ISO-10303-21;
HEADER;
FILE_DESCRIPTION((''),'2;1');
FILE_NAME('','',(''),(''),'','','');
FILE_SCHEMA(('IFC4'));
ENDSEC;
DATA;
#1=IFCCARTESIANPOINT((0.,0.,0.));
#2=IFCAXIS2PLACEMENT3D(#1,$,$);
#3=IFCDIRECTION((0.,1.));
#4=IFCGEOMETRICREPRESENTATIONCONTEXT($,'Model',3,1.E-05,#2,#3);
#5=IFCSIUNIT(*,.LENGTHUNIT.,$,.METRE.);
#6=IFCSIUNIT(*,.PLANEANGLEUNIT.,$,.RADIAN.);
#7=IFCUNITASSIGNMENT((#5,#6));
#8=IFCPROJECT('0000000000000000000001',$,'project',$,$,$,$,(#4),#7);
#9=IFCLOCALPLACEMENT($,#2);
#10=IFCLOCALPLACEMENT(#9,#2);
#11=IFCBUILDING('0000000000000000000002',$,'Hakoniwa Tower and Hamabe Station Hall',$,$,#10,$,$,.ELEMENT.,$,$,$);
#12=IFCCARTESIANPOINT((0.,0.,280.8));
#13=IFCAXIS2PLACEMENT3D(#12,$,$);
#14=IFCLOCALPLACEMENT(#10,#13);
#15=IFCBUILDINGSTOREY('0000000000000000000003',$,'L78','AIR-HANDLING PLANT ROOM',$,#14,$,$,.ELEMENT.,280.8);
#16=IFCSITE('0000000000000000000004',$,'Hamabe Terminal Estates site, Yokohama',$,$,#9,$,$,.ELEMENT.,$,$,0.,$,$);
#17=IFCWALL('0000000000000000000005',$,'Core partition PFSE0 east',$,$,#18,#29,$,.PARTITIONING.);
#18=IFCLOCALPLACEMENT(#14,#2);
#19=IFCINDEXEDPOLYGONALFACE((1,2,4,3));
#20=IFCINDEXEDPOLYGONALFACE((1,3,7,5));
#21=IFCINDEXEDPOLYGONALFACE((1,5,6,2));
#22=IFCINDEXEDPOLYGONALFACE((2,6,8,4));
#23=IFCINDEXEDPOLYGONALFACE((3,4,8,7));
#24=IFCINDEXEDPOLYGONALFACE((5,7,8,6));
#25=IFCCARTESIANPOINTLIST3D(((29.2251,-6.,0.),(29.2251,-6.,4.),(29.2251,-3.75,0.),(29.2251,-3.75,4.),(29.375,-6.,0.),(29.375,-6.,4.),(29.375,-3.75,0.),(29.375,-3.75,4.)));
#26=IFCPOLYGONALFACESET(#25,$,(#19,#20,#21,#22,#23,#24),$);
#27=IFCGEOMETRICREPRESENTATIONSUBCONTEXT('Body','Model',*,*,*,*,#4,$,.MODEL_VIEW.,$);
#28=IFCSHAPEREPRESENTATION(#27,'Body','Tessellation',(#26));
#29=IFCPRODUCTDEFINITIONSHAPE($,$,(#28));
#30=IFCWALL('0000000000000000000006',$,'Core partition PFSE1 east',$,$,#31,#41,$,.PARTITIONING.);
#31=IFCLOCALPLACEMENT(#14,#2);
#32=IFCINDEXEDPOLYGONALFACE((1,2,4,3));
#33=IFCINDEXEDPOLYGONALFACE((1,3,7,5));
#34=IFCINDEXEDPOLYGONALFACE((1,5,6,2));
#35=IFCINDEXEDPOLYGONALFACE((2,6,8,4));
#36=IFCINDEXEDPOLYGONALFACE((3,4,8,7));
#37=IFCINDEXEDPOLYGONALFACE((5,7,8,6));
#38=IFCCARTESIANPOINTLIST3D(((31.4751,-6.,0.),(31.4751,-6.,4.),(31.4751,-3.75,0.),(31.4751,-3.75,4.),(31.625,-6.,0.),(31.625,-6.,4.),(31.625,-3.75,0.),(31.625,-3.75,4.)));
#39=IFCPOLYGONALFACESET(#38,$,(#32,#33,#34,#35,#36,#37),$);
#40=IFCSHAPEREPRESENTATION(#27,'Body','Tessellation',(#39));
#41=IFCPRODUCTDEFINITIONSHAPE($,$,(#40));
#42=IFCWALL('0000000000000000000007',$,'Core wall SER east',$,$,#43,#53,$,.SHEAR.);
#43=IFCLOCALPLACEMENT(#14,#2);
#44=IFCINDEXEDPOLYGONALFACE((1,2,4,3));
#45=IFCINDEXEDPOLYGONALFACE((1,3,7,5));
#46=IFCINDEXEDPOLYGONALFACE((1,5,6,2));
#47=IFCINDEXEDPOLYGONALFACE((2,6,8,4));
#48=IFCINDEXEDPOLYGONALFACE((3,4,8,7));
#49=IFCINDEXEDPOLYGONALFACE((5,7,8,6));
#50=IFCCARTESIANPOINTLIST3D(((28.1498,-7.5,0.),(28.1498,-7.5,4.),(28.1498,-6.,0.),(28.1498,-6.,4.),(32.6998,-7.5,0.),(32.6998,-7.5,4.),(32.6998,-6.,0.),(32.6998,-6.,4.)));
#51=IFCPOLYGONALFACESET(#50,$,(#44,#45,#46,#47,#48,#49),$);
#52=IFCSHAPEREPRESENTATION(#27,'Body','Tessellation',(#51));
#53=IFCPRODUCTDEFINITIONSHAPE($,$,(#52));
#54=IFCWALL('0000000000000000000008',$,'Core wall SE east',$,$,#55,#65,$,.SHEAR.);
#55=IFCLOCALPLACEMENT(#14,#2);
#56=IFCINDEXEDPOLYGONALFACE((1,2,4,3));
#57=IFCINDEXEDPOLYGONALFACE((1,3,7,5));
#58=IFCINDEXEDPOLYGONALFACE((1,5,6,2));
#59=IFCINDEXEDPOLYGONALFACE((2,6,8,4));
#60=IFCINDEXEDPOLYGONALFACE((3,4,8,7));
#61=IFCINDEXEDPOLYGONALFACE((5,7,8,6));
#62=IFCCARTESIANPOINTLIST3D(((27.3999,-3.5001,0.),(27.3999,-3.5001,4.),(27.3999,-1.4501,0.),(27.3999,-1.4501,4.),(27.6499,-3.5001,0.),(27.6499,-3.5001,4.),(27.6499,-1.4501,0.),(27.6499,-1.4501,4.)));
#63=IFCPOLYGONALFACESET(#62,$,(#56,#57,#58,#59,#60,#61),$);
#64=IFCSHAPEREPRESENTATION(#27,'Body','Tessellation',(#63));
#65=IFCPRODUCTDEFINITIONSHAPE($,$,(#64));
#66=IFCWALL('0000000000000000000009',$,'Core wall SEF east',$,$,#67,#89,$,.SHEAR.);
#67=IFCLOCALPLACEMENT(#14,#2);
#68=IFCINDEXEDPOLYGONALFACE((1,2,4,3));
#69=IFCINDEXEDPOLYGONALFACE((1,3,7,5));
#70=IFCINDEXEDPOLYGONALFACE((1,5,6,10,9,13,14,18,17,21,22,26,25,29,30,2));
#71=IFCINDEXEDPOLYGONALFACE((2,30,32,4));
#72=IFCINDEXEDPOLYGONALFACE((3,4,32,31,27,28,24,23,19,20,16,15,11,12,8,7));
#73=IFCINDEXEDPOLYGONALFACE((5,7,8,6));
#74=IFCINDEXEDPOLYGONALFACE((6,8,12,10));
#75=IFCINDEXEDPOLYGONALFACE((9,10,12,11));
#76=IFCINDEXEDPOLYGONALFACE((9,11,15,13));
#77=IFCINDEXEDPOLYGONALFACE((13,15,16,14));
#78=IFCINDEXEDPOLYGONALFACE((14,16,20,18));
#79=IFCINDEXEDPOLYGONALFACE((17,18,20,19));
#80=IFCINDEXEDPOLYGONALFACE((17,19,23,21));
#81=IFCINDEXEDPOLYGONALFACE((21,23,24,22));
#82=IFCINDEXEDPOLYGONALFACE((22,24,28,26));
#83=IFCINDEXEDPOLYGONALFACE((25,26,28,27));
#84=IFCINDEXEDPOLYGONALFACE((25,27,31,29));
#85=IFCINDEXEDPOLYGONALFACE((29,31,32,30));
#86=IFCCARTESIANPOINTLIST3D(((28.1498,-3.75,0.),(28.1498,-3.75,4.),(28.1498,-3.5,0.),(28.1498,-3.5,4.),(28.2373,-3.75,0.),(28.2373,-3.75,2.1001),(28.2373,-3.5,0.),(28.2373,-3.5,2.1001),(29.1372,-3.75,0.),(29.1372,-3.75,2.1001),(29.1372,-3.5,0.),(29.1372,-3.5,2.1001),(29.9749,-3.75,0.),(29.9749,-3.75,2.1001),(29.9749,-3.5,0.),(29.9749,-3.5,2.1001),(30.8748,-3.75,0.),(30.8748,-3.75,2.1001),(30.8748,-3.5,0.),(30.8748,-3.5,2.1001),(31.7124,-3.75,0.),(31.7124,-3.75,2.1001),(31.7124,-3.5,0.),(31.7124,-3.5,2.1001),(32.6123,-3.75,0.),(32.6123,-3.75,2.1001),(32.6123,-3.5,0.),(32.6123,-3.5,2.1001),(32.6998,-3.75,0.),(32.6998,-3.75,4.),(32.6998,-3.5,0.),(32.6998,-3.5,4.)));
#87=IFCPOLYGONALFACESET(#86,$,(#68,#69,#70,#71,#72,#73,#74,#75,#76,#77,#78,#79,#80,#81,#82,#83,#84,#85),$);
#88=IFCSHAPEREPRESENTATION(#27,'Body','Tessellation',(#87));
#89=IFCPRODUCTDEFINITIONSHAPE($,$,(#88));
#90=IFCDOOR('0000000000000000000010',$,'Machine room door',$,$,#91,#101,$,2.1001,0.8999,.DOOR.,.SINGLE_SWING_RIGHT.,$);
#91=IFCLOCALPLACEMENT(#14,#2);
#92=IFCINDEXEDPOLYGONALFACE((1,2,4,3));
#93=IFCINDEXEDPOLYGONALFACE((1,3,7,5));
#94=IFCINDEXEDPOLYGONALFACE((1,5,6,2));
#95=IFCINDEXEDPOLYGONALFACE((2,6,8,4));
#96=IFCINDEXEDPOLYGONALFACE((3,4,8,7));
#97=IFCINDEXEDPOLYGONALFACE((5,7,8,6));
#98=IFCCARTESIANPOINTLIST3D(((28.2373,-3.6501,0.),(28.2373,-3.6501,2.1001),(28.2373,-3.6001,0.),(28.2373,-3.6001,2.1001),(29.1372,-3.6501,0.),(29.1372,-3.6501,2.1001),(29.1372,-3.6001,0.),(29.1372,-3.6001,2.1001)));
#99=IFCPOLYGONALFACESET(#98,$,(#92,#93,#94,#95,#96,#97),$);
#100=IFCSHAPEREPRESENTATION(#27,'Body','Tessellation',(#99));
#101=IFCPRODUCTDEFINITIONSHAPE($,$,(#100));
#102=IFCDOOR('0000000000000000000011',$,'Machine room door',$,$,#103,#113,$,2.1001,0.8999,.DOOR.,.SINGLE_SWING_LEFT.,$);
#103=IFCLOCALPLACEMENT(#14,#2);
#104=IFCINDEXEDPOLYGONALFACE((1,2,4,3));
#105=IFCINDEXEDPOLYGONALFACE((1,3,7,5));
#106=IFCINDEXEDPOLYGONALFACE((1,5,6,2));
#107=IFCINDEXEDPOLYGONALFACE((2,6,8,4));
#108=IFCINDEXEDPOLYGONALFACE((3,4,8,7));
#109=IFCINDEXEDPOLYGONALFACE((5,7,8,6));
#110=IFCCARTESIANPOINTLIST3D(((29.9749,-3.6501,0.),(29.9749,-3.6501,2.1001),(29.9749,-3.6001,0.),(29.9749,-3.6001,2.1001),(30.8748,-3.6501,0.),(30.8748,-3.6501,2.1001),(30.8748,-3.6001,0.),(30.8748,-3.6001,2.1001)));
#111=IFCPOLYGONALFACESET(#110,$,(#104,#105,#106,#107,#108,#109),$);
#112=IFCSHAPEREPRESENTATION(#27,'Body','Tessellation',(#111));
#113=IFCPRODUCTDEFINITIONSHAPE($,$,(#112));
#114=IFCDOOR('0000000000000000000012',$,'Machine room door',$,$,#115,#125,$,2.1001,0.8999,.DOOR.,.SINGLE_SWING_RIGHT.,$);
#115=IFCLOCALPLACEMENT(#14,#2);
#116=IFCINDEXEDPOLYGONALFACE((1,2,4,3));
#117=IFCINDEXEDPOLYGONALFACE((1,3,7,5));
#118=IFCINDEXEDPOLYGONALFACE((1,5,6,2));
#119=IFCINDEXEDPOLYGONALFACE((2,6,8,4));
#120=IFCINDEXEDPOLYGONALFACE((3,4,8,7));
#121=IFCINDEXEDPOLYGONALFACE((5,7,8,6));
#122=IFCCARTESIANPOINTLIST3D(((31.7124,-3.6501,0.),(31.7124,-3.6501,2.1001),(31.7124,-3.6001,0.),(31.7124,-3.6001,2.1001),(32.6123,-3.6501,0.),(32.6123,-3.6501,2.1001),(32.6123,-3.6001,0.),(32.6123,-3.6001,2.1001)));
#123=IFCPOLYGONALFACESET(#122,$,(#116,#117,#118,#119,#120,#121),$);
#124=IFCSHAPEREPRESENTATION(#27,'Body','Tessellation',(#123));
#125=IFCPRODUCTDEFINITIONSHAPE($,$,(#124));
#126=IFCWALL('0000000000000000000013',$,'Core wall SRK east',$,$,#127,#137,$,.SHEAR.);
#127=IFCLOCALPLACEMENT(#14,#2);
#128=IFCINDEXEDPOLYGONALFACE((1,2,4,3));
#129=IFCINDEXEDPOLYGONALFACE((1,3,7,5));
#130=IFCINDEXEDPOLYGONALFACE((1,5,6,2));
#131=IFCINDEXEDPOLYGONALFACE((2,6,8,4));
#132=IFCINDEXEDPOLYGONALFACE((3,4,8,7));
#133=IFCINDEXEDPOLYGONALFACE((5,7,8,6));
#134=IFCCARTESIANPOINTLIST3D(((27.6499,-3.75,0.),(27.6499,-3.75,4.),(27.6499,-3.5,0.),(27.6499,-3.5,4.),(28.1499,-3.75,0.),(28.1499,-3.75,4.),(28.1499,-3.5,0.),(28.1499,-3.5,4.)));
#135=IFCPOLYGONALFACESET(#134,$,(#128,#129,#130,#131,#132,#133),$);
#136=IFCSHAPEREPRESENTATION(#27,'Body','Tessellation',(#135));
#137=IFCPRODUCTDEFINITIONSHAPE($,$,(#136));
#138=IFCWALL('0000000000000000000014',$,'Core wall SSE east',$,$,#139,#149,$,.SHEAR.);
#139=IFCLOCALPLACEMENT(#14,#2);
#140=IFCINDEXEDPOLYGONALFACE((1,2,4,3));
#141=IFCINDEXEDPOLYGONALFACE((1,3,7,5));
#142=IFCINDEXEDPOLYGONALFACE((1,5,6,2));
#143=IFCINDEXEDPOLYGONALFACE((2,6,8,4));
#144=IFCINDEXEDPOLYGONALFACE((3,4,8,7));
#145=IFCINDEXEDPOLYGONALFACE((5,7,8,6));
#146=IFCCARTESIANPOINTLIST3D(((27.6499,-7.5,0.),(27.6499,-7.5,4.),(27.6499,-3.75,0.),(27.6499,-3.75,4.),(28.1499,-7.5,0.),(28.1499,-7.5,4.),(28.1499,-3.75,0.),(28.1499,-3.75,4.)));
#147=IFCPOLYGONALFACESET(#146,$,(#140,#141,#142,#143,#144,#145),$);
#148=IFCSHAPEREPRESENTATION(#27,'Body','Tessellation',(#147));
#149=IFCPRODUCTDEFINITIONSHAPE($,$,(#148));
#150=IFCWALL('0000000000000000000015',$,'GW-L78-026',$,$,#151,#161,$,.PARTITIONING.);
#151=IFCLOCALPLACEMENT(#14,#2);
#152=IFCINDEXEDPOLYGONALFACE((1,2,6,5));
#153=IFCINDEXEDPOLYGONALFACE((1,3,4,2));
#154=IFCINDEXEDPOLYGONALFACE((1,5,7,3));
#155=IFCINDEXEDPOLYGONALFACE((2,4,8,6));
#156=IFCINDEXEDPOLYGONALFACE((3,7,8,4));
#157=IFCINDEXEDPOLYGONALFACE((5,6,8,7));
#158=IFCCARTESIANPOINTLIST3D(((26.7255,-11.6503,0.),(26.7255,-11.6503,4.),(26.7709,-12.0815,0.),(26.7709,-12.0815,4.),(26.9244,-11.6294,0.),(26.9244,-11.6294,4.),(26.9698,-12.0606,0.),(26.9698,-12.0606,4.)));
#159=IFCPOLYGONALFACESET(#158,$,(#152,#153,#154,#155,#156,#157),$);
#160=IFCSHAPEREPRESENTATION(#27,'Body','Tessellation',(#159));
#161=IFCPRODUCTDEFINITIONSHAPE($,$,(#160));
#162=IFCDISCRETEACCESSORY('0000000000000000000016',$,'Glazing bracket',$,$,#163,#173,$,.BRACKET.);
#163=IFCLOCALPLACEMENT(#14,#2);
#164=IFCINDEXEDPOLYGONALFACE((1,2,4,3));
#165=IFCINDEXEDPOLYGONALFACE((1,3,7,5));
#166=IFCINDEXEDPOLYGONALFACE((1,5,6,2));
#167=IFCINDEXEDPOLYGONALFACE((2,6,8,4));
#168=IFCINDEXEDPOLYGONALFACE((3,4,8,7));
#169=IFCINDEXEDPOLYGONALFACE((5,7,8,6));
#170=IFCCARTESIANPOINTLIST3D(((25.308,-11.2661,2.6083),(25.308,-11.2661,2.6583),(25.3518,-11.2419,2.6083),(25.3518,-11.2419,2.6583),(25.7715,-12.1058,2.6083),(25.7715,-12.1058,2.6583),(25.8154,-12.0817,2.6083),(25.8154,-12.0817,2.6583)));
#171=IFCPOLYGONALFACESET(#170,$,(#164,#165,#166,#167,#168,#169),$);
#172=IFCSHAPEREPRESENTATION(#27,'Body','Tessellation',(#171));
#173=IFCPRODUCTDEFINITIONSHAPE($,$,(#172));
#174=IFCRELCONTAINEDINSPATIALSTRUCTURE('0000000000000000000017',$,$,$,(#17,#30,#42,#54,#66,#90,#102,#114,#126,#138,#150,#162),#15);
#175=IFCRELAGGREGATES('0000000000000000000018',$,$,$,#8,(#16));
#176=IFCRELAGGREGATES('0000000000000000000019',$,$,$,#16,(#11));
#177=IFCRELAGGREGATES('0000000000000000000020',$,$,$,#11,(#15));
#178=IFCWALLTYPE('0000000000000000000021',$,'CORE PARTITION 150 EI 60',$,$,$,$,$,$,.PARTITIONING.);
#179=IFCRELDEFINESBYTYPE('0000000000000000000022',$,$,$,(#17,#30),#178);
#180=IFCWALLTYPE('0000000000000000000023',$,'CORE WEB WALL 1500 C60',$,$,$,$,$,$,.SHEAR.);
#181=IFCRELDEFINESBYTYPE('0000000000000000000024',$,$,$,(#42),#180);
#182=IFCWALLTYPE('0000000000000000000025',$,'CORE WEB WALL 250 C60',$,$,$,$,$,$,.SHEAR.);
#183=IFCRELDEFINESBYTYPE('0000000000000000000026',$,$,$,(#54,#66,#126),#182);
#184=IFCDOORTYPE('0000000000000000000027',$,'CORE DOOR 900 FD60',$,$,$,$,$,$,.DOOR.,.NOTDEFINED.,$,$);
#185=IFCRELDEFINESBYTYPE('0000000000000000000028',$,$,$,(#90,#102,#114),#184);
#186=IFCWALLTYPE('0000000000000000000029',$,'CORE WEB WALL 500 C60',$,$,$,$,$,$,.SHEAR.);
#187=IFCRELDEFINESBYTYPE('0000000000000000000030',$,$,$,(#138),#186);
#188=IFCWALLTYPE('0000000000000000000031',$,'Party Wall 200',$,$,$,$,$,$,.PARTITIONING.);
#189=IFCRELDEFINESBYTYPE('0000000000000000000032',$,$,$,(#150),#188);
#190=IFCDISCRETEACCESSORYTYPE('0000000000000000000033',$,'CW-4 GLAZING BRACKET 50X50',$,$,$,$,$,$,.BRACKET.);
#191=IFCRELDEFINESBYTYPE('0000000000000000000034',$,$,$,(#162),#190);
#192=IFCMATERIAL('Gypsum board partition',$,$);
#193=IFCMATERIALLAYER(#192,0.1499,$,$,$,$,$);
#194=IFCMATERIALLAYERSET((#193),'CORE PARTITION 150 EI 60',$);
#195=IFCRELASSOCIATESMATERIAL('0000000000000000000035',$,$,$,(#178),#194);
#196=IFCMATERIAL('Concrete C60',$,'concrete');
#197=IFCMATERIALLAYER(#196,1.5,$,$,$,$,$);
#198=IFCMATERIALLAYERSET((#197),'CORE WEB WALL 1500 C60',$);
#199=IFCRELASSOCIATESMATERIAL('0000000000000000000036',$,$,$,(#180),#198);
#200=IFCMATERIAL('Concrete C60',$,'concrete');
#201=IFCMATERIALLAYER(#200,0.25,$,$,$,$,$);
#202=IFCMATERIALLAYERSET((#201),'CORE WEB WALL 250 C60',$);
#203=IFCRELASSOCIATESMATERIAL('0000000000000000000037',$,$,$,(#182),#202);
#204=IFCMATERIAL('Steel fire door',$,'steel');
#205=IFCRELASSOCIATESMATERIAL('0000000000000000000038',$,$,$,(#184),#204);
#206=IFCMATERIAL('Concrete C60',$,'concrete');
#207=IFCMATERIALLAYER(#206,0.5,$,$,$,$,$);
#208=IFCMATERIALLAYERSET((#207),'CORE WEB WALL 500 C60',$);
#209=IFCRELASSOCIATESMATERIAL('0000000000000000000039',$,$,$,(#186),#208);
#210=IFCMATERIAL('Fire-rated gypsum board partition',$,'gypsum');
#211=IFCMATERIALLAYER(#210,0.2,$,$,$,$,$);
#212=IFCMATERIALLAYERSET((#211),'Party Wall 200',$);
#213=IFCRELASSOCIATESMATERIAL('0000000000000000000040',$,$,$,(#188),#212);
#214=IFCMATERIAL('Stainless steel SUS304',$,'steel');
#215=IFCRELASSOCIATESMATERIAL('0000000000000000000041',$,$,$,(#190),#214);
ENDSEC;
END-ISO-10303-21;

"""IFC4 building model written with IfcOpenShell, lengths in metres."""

from ifc_helpers import new_model, si_unit, direction, frame, frame_2d, origin, origin_2d, place, context, subcontext, project, spatial, rectangle, extrude, material, layer, layer_set, material_profile, profile_set, type_object, element, fill, save


model = new_model("IFC4")

# Units and contexts
model_context = context("Model", 3, precision=1e-05, world=origin(), true_north=direction((0.0, 1.0)))
body_context = subcontext(model_context, "Body", "Model", "MODEL_VIEW")
ifc_project = project(units=[si_unit("LENGTHUNIT", "METRE"), si_unit("PLANEANGLEUNIT", "RADIAN")], contexts=[model_context])

# Site, building, storey
site_placement = place(None, origin())
site = spatial("IfcSite", under=ifc_project, at=site_placement, Name="Hamabe Terminal Estates site, Yokohama", CompositionType="ELEMENT", RefElevation=0.0)
building_placement = place(site_placement, origin())
building = spatial("IfcBuilding", under=site, at=building_placement, Name="Hakoniwa Tower and Hamabe Station Hall", CompositionType="ELEMENT")
storey_placement = place(building_placement, frame((0.0, 0.0, 280.8)))
storey = spatial("IfcBuildingStorey", under=building, at=storey_placement, Name="L78", Description="AIR-HANDLING PLANT ROOM", CompositionType="ELEMENT", Elevation=280.8)

# Shared definitions
ifc_material_1 = material(Name="Gypsum board partition")
ifc_layer_1 = layer(ifc_material_1, 0.1499)
ifc_layer_set_1 = layer_set([ifc_layer_1], Name="CORE PARTITION 150 EI 60")
wall_type_1 = type_object("IfcWallType", Name="CORE PARTITION 150 EI 60", PredefinedType="PARTITIONING", material=ifc_layer_set_1)

# Walls
for number, where, z_axis, x_axis, name in (
    (1, (29.3, -6.0, 0.0), (0.0, 0.0, 1.0), (0.0, 1.0, 0.0), "Core partition PFSE0 east"),
    (2, (31.55, -6.0, 0.0), (0.0, 0.0, 1.0), (0.0, 1.0, 0.0), "Core partition PFSE1 east"),
):
    element("IfcWall", number, at=place(storey_placement, frame(where, z_axis=z_axis, x_axis=x_axis)), inside=storey, type_object=wall_type_1, Name=name, PredefinedType="PARTITIONING", context=body_context, shape_type="SweptSolid", body=[
        extrude(rectangle(XDim=2.25, YDim=0.1499, at=frame_2d((1.125, 0.0))), origin(), (0.0, 0.0, 1.0), 4.0),
    ])
ifc_material_2 = material(Name="Concrete C60", Category="concrete")
ifc_layer_2 = layer(ifc_material_2, 1.5)
ifc_layer_set_2 = layer_set([ifc_layer_2], Name="CORE WEB WALL 1500 C60")
wall_type_2 = type_object("IfcWallType", Name="CORE WEB WALL 1500 C60", PredefinedType="SHEAR", material=ifc_layer_set_2)
wall_1_placement = place(storey_placement, frame((28.1499, -6.75, 0.0), z_axis=(0.0, 0.0, 1.0), x_axis=(1.0, 0.0, 0.0)))
element("IfcWall", 3, at=wall_1_placement, inside=storey, type_object=wall_type_2, Name="Core wall SER east", PredefinedType="SHEAR", context=body_context, shape_type="SweptSolid", body=[
    extrude(rectangle(XDim=4.55, YDim=1.5, at=frame_2d((2.2749, 0.0))), origin(), (0.0, 0.0, 1.0), 4.0),
])
ifc_material_3 = material(Name="Concrete C60", Category="concrete")
ifc_layer_3 = layer(ifc_material_3, 0.25)
ifc_layer_set_3 = layer_set([ifc_layer_3], Name="CORE WEB WALL 250 C60")
wall_type_3 = type_object("IfcWallType", Name="CORE WEB WALL 250 C60", PredefinedType="SHEAR", material=ifc_layer_set_3)
wall_2_placement = place(storey_placement, frame((27.5249, -3.5, 0.0), z_axis=(0.0, 0.0, 1.0), x_axis=(0.0, 1.0, 0.0)))
element("IfcWall", 4, at=wall_2_placement, inside=storey, type_object=wall_type_3, Name="Core wall SE east", PredefinedType="SHEAR", context=body_context, shape_type="SweptSolid", body=[
    extrude(rectangle(XDim=2.05, YDim=0.25, at=frame_2d((1.0249, 0.0))), origin(), (0.0, 0.0, 1.0), 4.0),
])

# Wall, openings, doors
wall_3_placement = place(storey_placement, frame((28.1499, -3.625, 0.0), z_axis=(0.0, 0.0, 1.0), x_axis=(1.0, 0.0, 0.0)))
wall_3 = element("IfcWall", 5, at=wall_3_placement, inside=storey, type_object=wall_type_3, Name="Core wall SEF east", PredefinedType="SHEAR", context=body_context, shape_type="SweptSolid", body=[
    extrude(rectangle(XDim=4.55, YDim=0.25, at=frame_2d((2.2749, 0.0))), origin(), (0.0, 0.0, 1.0), 4.0),
])
opening_1_placement = place(wall_3_placement, frame((0.0874, 0.0, 0.0)))
opening_1 = element("IfcOpeningElement", 6, at=opening_1_placement, cuts=wall_3, PredefinedType="OPENING", context=body_context, shape_type="SweptSolid", body=[
    extrude(rectangle(XDim=0.8999, YDim=2.1001, at=frame_2d((0.45, 1.05))), frame((0.0, 0.135, 0.0), z_axis=(0.0, -1.0, 0.0), x_axis=(1.0, 0.0, 0.0)), (0.0, 0.0, 1.0), 0.27),
])
opening_2_placement = place(wall_3_placement, frame((1.825, 0.0, 0.0)))
opening_2 = element("IfcOpeningElement", 7, at=opening_2_placement, cuts=wall_3, PredefinedType="OPENING", context=body_context, shape_type="SweptSolid", body=[
    extrude(rectangle(XDim=0.8999, YDim=2.1001, at=frame_2d((0.45, 1.05))), frame((0.0, 0.135, 0.0), z_axis=(0.0, -1.0, 0.0), x_axis=(1.0, 0.0, 0.0)), (0.0, 0.0, 1.0), 0.27),
])
opening_3_placement = place(wall_3_placement, frame((3.5625, 0.0, 0.0)))
opening_3 = element("IfcOpeningElement", 8, at=opening_3_placement, cuts=wall_3, PredefinedType="OPENING", context=body_context, shape_type="SweptSolid", body=[
    extrude(rectangle(XDim=0.8999, YDim=2.1001, at=frame_2d((0.45, 1.05))), frame((0.0, 0.135, 0.0), z_axis=(0.0, -1.0, 0.0), x_axis=(1.0, 0.0, 0.0)), (0.0, 0.0, 1.0), 0.27),
])
ifc_material_4 = material(Name="Steel fire door", Category="steel")
door_type_1 = type_object("IfcDoorType", Name="CORE DOOR 900 FD60", OperationType="NOTDEFINED", PredefinedType="DOOR", material=ifc_material_4)
door_1_placement = place(opening_1_placement, origin())
door_1 = element("IfcDoor", 9, at=door_1_placement, inside=storey, type_object=door_type_1, Name="Machine room door", OperationType="SINGLE_SWING_RIGHT", OverallHeight=2.1001, OverallWidth=0.8999, PredefinedType="DOOR", context=body_context, shape_type="SweptSolid", body=[
    extrude(rectangle(XDim=0.8999, YDim=2.1001, at=frame_2d((0.45, 1.05))), frame((0.0, 0.0249, 0.0), z_axis=(0.0, -1.0, 0.0), x_axis=(1.0, 0.0, 0.0)), (0.0, 0.0, 1.0), 0.05),
])
fill(opening_1, door_1)
door_2_placement = place(opening_2_placement, origin())
door_2 = element("IfcDoor", 10, at=door_2_placement, inside=storey, type_object=door_type_1, Name="Machine room door", OperationType="SINGLE_SWING_LEFT", OverallHeight=2.1001, OverallWidth=0.8999, PredefinedType="DOOR", context=body_context, shape_type="SweptSolid", body=[
    extrude(rectangle(XDim=0.8999, YDim=2.1001, at=frame_2d((0.45, 1.05))), frame((0.0, 0.0249, 0.0), z_axis=(0.0, -1.0, 0.0), x_axis=(1.0, 0.0, 0.0)), (0.0, 0.0, 1.0), 0.05),
])
fill(opening_2, door_2)
door_3_placement = place(opening_3_placement, origin())
door_3 = element("IfcDoor", 11, at=door_3_placement, inside=storey, type_object=door_type_1, Name="Machine room door", OperationType="SINGLE_SWING_RIGHT", OverallHeight=2.1001, OverallWidth=0.8999, PredefinedType="DOOR", context=body_context, shape_type="SweptSolid", body=[
    extrude(rectangle(XDim=0.8999, YDim=2.1001, at=frame_2d((0.45, 1.05))), frame((0.0, 0.0249, 0.0), z_axis=(0.0, -1.0, 0.0), x_axis=(1.0, 0.0, 0.0)), (0.0, 0.0, 1.0), 0.05),
])
fill(opening_3, door_3)

# Walls
wall_4_placement = place(storey_placement, frame((27.6499, -3.625, 0.0), z_axis=(0.0, 0.0, 1.0), x_axis=(1.0, 0.0, 0.0)))
element("IfcWall", 12, at=wall_4_placement, inside=storey, type_object=wall_type_3, Name="Core wall SRK east", PredefinedType="SHEAR", context=body_context, shape_type="SweptSolid", body=[
    extrude(rectangle(XDim=0.5, YDim=0.25, at=frame_2d((0.25, 0.0))), origin(), (0.0, 0.0, 1.0), 4.0),
])
ifc_material_5 = material(Name="Concrete C60", Category="concrete")
ifc_layer_4 = layer(ifc_material_5, 0.5)
ifc_layer_set_4 = layer_set([ifc_layer_4], Name="CORE WEB WALL 500 C60")
wall_type_4 = type_object("IfcWallType", Name="CORE WEB WALL 500 C60", PredefinedType="SHEAR", material=ifc_layer_set_4)
wall_5_placement = place(storey_placement, frame((27.8999, -7.5, 0.0), z_axis=(0.0, 0.0, 1.0), x_axis=(0.0, 1.0, 0.0)))
element("IfcWall", 13, at=wall_5_placement, inside=storey, type_object=wall_type_4, Name="Core wall SSE east", PredefinedType="SHEAR", context=body_context, shape_type="SweptSolid", body=[
    extrude(rectangle(XDim=3.75, YDim=0.5, at=frame_2d((1.875, 0.0))), origin(), (0.0, 0.0, 1.0), 4.0),
])
ifc_material_6 = material(Name="Fire-rated gypsum board partition", Category="gypsum")
ifc_layer_5 = layer(ifc_material_6, 0.2)
ifc_layer_set_5 = layer_set([ifc_layer_5], Name="Party Wall 200")
wall_type_5 = type_object("IfcWallType", Name="Party Wall 200", PredefinedType="PARTITIONING", material=ifc_layer_set_5)
wall_6_placement = place(storey_placement, frame((26.8704, -12.071, 0.0), z_axis=(0.0, 0.0, 1.0), x_axis=(-0.104743, 0.994499, 0.0)))
element("IfcWall", 14, at=wall_6_placement, inside=storey, type_object=wall_type_5, Name="GW-L78-026", PredefinedType="PARTITIONING", context=body_context, shape_type="SweptSolid", body=[
    extrude(rectangle(XDim=0.4336, YDim=0.2, at=frame_2d((0.2168, 0.0))), origin(), (0.0, 0.0, 1.0), 4.0),
])

# Discrete accessory
ifc_material_7 = material(Name="Stainless steel SUS304", Category="steel")
ifc_material_profile_1 = material_profile(ifc_material_7, rectangle(XDim=0.05, YDim=0.05, at=origin_2d()), Name="CW-4 GLAZING BRACKET 50X50")
ifc_profile_set_1 = profile_set([ifc_material_profile_1], Name="Stainless steel SUS304")
discrete_accessory_type = type_object("IfcDiscreteAccessoryType", Name="CW-4 GLAZING BRACKET 50X50", PredefinedType="BRACKET", material=ifc_profile_set_1)
discrete_accessory_placement = place(storey_placement, frame((25.7935, -12.0938, 2.6333), z_axis=(-0.483286, 0.875463, 0.0), x_axis=(-0.875463, -0.483286, 0.0)))
element("IfcDiscreteAccessory", 15, at=discrete_accessory_placement, inside=storey, type_object=discrete_accessory_type, Name="Glazing bracket", PredefinedType="BRACKET", context=body_context, shape_type="SweptSolid", body=[
    extrude(rectangle(XDim=0.05, YDim=0.05, at=origin_2d()), origin(), (0.0, 0.0, 1.0), 0.9592),
])

save(model, "model.ifc")
